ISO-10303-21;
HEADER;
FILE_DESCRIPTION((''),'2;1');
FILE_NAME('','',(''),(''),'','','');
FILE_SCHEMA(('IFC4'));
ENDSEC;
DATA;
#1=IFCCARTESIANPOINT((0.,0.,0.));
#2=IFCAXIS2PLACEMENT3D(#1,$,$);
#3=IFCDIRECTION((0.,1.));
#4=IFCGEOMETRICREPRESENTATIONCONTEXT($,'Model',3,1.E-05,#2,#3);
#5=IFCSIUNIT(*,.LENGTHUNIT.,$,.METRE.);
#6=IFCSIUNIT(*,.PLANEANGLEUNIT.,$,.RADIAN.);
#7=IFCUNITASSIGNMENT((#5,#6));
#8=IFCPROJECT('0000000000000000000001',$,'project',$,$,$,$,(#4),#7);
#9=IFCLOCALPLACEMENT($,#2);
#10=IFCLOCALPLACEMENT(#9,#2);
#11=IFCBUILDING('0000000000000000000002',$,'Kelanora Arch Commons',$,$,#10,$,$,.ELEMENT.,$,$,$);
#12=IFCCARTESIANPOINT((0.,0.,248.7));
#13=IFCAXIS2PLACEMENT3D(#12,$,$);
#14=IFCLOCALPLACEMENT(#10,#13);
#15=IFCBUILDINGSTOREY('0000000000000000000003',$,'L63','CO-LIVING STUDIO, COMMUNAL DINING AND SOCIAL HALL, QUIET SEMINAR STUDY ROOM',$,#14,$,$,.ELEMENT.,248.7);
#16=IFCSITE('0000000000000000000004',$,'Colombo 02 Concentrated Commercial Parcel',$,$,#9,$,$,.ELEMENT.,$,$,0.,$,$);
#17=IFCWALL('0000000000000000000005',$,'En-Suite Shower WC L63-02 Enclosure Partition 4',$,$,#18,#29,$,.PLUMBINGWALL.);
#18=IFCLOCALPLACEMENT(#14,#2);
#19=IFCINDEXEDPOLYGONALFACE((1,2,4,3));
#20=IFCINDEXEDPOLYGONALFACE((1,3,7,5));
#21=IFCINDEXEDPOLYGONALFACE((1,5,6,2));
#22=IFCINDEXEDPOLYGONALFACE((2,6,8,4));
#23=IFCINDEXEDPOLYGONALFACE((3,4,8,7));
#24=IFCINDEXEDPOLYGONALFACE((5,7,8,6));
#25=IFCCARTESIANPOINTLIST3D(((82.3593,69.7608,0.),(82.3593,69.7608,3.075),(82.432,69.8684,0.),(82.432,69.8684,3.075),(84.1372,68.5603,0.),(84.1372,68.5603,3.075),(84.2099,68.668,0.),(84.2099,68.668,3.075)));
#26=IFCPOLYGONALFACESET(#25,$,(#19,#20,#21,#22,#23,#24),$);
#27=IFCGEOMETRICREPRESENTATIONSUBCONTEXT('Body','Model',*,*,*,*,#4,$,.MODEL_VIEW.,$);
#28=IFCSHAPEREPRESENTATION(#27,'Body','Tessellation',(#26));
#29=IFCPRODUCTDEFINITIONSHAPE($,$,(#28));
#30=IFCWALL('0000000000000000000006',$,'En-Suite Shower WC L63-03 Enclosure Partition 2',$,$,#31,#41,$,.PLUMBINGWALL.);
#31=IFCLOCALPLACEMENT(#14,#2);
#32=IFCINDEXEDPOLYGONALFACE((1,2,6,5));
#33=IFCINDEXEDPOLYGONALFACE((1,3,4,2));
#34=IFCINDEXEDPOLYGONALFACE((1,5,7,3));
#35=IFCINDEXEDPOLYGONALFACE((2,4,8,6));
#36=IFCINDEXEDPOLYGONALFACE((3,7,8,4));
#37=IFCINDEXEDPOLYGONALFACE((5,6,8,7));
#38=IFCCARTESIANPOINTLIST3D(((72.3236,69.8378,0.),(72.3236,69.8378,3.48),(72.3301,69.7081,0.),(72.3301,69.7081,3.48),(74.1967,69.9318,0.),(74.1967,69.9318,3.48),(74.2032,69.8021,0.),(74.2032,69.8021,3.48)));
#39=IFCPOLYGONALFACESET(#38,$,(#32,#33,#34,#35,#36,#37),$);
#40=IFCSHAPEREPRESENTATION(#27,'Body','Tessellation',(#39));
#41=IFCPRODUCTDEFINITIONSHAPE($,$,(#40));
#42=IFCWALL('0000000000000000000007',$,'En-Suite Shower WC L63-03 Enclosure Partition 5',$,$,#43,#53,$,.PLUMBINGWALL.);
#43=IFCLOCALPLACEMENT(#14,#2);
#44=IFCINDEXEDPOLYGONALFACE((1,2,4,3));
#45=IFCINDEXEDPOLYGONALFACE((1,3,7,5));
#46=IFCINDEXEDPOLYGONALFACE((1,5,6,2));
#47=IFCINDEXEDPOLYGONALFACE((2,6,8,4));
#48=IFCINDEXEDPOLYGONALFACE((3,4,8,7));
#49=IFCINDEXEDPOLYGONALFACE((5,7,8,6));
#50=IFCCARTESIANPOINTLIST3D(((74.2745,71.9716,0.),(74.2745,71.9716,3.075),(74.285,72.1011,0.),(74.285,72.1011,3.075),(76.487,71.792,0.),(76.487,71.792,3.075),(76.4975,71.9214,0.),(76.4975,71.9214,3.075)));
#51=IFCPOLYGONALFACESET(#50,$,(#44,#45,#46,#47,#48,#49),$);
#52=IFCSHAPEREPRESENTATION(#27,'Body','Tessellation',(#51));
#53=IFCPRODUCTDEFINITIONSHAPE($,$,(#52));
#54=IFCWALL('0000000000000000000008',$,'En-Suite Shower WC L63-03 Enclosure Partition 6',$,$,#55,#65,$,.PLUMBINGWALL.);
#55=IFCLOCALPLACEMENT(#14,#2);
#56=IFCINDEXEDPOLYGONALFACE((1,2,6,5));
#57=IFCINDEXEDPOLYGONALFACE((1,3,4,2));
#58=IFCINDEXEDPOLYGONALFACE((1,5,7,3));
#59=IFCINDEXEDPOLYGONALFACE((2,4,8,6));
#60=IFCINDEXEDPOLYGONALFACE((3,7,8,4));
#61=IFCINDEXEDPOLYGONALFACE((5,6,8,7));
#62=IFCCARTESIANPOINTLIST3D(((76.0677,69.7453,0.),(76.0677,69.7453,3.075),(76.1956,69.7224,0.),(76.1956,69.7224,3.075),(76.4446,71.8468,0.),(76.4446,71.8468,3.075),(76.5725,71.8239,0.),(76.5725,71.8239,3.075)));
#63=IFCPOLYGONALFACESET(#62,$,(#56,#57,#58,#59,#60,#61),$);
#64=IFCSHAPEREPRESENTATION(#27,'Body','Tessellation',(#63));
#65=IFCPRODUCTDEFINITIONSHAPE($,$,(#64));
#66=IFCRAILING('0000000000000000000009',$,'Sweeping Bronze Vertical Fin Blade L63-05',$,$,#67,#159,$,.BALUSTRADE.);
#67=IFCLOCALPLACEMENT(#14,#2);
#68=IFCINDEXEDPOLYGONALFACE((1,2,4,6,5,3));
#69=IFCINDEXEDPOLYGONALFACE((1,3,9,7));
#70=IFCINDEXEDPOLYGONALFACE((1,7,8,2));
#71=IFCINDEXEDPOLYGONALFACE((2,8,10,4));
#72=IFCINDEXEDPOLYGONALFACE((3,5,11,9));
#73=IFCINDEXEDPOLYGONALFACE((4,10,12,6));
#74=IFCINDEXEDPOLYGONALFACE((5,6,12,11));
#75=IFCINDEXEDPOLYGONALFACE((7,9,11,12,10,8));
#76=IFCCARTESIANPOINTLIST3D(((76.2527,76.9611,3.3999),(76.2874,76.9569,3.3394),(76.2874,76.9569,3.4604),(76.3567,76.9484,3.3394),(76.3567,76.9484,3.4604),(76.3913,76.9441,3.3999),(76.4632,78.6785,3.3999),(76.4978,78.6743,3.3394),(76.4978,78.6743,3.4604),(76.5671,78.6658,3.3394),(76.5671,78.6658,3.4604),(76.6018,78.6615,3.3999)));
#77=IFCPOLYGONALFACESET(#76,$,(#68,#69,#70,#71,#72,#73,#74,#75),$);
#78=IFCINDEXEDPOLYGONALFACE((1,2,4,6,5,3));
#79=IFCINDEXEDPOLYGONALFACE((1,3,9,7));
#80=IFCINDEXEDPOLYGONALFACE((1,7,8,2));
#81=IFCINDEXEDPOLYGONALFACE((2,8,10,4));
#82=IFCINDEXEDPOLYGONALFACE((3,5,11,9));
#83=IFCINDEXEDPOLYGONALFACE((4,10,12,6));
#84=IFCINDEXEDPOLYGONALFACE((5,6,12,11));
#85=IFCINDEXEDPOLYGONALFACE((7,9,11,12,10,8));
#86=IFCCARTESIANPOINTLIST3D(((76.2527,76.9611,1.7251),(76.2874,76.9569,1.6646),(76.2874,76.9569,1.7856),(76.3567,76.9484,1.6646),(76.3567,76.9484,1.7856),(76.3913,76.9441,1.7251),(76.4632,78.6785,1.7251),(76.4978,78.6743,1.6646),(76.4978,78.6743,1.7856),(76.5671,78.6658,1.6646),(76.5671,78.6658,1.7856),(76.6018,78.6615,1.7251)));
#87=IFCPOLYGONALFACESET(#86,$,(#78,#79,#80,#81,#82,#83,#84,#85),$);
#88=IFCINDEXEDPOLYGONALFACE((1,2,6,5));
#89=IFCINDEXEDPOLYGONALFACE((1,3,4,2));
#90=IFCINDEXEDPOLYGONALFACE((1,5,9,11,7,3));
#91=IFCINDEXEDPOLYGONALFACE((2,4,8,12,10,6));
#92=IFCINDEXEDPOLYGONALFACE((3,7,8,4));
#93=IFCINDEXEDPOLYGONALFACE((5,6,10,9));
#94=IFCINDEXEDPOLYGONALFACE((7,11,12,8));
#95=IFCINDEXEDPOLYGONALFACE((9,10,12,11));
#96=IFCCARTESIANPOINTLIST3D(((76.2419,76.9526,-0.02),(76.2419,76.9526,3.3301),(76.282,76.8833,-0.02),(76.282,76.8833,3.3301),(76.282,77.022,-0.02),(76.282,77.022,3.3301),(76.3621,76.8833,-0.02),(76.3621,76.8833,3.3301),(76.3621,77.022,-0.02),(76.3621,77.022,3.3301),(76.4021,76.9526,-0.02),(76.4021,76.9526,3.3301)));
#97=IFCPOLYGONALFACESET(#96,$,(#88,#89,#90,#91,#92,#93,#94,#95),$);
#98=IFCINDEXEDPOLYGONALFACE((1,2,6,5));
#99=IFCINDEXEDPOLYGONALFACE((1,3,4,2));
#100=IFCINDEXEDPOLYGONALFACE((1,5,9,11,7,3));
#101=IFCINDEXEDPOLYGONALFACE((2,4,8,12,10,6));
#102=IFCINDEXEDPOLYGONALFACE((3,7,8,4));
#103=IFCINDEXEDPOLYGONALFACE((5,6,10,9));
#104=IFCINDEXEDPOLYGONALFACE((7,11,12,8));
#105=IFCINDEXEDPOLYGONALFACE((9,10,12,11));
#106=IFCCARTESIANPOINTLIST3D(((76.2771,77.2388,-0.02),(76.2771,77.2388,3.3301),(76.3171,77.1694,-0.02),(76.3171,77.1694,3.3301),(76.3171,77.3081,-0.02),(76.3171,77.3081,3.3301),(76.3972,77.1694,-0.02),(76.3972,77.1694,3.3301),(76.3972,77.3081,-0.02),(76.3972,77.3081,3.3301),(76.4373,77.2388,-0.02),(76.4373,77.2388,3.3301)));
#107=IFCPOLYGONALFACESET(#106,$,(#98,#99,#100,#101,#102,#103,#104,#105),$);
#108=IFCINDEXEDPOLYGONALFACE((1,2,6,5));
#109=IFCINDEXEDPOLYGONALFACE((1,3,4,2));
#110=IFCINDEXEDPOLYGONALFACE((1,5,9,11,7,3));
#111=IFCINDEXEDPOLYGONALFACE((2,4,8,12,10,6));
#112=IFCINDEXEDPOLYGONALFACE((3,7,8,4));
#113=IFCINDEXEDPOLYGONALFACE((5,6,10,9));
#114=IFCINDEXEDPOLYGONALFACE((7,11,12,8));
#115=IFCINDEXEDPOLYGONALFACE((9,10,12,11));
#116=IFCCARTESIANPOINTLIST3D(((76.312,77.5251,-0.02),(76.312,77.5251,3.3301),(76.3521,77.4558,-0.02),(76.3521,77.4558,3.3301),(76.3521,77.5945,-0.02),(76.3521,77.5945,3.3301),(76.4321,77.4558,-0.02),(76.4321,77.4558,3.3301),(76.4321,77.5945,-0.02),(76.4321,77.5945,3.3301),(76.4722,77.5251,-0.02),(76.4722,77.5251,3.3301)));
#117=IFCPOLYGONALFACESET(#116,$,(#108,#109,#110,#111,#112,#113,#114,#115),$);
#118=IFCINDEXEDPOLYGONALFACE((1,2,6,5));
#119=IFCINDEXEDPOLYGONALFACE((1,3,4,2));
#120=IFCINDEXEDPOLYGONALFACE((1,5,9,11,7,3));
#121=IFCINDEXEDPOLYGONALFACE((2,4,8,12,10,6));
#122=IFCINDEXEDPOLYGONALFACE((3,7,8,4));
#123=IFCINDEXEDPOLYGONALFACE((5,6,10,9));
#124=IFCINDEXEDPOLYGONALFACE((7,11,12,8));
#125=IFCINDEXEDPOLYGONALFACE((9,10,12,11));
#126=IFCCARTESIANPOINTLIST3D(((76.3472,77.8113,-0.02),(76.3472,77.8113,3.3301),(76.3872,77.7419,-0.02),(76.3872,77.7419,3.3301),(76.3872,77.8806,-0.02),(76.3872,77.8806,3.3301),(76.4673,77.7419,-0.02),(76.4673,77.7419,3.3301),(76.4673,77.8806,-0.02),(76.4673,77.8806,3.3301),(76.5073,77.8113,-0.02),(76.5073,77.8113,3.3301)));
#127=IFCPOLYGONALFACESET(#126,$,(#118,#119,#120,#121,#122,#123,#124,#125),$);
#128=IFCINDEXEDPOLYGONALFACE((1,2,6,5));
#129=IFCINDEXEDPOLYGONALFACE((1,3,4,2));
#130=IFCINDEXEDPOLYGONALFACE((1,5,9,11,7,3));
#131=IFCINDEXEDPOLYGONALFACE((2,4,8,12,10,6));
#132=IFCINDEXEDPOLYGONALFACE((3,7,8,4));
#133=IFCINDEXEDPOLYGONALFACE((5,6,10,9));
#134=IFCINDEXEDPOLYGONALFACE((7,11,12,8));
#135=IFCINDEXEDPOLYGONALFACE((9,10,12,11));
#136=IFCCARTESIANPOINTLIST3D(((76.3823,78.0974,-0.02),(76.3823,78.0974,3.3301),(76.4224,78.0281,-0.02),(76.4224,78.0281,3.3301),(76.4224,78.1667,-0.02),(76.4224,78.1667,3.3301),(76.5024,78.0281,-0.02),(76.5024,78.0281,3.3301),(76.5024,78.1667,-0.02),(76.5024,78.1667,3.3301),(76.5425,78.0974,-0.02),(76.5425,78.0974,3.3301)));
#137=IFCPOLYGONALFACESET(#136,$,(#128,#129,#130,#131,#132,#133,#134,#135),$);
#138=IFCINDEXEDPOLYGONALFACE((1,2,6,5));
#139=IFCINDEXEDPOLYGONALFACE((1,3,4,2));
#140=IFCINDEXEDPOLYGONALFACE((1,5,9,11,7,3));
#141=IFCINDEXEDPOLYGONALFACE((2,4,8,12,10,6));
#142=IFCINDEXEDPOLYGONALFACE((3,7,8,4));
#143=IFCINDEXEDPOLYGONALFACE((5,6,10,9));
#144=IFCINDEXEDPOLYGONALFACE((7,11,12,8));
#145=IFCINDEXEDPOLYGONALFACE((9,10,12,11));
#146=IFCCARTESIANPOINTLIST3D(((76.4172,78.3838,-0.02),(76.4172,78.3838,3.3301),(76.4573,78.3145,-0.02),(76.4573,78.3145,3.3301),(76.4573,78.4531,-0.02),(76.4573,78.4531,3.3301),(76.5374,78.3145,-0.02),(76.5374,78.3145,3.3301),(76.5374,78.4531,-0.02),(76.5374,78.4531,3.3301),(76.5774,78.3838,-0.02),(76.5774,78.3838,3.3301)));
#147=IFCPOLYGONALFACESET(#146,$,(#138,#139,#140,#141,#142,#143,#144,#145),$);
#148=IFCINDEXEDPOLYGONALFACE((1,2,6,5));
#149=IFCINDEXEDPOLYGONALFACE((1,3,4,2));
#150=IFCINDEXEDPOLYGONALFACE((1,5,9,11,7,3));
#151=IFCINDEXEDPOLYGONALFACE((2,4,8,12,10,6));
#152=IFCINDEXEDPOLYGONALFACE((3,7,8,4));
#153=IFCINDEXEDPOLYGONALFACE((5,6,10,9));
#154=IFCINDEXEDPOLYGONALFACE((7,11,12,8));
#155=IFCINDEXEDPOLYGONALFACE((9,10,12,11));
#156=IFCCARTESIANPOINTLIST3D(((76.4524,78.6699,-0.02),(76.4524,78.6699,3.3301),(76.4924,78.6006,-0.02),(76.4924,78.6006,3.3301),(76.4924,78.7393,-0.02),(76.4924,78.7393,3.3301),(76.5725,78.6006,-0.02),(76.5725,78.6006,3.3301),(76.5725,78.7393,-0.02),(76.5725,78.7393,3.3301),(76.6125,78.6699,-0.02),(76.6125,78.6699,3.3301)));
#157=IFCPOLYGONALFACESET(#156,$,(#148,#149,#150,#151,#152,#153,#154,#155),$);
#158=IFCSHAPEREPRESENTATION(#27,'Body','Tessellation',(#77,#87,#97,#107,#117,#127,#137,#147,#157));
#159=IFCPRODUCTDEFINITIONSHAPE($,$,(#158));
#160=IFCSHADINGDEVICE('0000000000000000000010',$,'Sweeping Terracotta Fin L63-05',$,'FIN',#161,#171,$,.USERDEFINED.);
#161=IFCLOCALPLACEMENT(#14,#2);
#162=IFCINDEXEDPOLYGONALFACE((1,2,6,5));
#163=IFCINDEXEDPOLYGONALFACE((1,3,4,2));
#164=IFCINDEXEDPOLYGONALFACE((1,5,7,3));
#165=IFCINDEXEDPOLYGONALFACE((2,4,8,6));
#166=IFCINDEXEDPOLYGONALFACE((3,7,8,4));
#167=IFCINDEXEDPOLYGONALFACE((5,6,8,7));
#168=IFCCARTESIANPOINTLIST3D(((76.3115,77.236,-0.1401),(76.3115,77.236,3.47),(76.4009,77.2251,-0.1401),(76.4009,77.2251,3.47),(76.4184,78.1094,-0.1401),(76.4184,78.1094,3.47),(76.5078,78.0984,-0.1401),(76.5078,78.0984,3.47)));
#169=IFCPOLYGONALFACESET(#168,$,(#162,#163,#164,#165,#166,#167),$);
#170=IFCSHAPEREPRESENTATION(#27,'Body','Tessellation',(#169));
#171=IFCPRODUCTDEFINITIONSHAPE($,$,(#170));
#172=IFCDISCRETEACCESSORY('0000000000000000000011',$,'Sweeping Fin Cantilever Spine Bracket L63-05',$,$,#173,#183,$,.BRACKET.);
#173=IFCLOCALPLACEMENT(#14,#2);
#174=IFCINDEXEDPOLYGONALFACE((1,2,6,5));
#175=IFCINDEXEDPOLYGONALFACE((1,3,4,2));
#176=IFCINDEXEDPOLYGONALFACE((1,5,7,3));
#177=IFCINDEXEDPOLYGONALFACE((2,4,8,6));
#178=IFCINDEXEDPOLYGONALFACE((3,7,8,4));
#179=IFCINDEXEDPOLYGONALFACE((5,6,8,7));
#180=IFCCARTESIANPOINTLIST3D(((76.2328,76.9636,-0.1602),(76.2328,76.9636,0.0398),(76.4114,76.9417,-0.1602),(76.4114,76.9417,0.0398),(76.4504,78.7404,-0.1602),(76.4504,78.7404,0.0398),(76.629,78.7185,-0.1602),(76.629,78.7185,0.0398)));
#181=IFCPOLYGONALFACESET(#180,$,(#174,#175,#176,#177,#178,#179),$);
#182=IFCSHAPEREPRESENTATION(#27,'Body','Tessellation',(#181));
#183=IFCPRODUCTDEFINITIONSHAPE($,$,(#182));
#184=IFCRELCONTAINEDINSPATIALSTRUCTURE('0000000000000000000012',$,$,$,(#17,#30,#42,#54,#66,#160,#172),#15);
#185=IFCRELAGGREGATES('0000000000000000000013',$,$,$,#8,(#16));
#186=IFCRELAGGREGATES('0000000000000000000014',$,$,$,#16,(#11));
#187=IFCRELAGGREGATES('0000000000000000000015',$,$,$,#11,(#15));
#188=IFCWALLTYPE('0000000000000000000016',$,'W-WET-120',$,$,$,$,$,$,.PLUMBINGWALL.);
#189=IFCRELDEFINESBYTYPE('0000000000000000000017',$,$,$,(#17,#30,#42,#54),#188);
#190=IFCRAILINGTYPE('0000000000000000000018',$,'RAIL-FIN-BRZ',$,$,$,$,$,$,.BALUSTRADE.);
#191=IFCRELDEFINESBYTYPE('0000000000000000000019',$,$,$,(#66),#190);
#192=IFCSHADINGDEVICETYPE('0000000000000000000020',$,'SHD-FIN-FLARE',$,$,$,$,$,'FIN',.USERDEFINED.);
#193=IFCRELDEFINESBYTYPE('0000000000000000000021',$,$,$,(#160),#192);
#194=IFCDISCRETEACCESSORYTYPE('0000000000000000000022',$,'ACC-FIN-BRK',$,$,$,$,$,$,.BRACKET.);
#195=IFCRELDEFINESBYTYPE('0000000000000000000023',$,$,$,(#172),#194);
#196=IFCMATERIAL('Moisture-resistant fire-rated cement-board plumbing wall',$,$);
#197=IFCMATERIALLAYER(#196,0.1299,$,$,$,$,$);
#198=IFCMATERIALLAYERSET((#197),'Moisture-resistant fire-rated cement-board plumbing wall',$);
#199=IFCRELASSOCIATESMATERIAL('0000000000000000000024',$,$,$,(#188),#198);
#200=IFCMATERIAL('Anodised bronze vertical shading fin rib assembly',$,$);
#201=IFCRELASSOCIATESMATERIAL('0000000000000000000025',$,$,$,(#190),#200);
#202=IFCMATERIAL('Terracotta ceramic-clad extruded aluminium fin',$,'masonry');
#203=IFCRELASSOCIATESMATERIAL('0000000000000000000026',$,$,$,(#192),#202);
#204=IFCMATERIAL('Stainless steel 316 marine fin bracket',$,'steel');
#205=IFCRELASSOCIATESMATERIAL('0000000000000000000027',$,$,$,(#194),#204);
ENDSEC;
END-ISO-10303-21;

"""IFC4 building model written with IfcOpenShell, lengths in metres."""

from ifc_helpers import new_model, si_unit, direction, frame, frame_2d, origin, origin_2d, place, context, subcontext, project, spatial, polyline, rectangle, outline, extrude, source, transform, mapped, material, layer, layer_set, type_object, element, save


model = new_model("IFC4")

# Units and contexts
model_context = context("Model", 3, precision=1e-05, world=origin(), true_north=direction((0.0, 1.0)))
body_context = subcontext(model_context, "Body", "Model", "MODEL_VIEW")
ifc_project = project(units=[si_unit("LENGTHUNIT", "METRE"), si_unit("PLANEANGLEUNIT", "RADIAN")], contexts=[model_context])

# Site, building, storey
site_placement = place(None, origin())
site = spatial("IfcSite", under=ifc_project, at=site_placement, Name="Colombo 02 Concentrated Commercial Parcel", CompositionType="ELEMENT", RefElevation=0.0)
building_placement = place(site_placement, origin())
building = spatial("IfcBuilding", under=site, at=building_placement, Name="Kelanora Arch Commons", CompositionType="ELEMENT")
storey_placement = place(building_placement, frame((0.0, 0.0, 248.7)))
storey = spatial("IfcBuildingStorey", under=building, at=storey_placement, Name="L63", Description="CO-LIVING STUDIO, COMMUNAL DINING AND SOCIAL HALL, QUIET SEMINAR STUDY ROOM", CompositionType="ELEMENT", Elevation=248.7)

# Walls
ifc_material_1 = material(Name="Moisture-resistant fire-rated cement-board plumbing wall")
ifc_layer_1 = layer(ifc_material_1, 0.1299)
ifc_layer_set_1 = layer_set([ifc_layer_1], Name="Moisture-resistant fire-rated cement-board plumbing wall")
wall_type_1 = type_object("IfcWallType", Name="W-WET-120", PredefinedType="PLUMBINGWALL", material=ifc_layer_set_1)
wall_1_placement = place(storey_placement, frame((82.3955, 69.8147, 0.0), z_axis=(0.0, 0.0, 1.0), x_axis=(0.828762, -0.559602, 0.0)))
element("IfcWall", 1, at=wall_1_placement, inside=storey, type_object=wall_type_1, Name="En-Suite Shower WC L63-02 Enclosure Partition 4", PredefinedType="PLUMBINGWALL", context=body_context, shape_type="SweptSolid", body=[
    extrude(rectangle(XDim=2.1453, YDim=0.1299, at=frame_2d((1.0728, 0.0))), origin(), (0.0, 0.0, 1.0), 3.075),
])
wall_2_placement = place(storey_placement, frame((74.2, 69.8669, 0.0), z_axis=(0.0, 0.0, 1.0), x_axis=(-0.998743, -0.050119, 0.0)))
element("IfcWall", 2, at=wall_2_placement, inside=storey, type_object=wall_type_1, Name="En-Suite Shower WC L63-03 Enclosure Partition 2", PredefinedType="PLUMBINGWALL", context=body_context, shape_type="SweptSolid", body=[
    extrude(rectangle(XDim=1.8755, YDim=0.1299, at=frame_2d((0.9377, 0.0))), origin(), (0.0, 0.0, 1.0), 3.48),
])
wall_3_placement = place(storey_placement, frame((74.2798, 72.0364, 0.0), z_axis=(0.0, 0.0, 1.0), x_axis=(0.996718, -0.080952, 0.0)))
element("IfcWall", 3, at=wall_3_placement, inside=storey, type_object=wall_type_1, Name="En-Suite Shower WC L63-03 Enclosure Partition 5", PredefinedType="PLUMBINGWALL", context=body_context, shape_type="SweptSolid", body=[
    extrude(rectangle(XDim=2.2197, YDim=0.1299, at=frame_2d((1.1099, 0.0))), origin(), (0.0, 0.0, 1.0), 3.075),
])
wall_4_placement = place(storey_placement, frame((76.5085, 71.8352, 0.0), z_axis=(0.0, 0.0, 1.0), x_axis=(-0.17655, -0.984292, 0.0)))
element("IfcWall", 4, at=wall_4_placement, inside=storey, type_object=wall_type_1, Name="En-Suite Shower WC L63-03 Enclosure Partition 6", PredefinedType="PLUMBINGWALL", context=body_context, shape_type="SweptSolid", body=[
    extrude(rectangle(XDim=2.135, YDim=0.1299, at=frame_2d((1.0674, 0.0))), origin(), (0.0, 0.0, 1.0), 3.075),
])

# Railing
ifc_material_2 = material(Name="Anodised bronze vertical shading fin rib assembly")
railing_type = type_object("IfcRailingType", Name="RAIL-FIN-BRZ", PredefinedType="BALUSTRADE", material=ifc_material_2)
railing_placement = place(storey_placement, frame((76.322, 76.9526, -0.02)))
element("IfcRailing", 5, at=railing_placement, inside=storey, type_object=railing_type, Name="Sweeping Bronze Vertical Fin Blade L63-05", PredefinedType="BALUSTRADE", context=body_context, shape_type="SweptSolid", body=[
    extrude(outline(polyline([(0.0698, 0.0), (0.0349, 0.0605), (-0.0349, 0.0605), (-0.0698, 0.0), (-0.0349, -0.0605), (0.0349, -0.0605), (0.0698, 0.0)])), frame((0.0, 0.0, 3.4199), z_axis=(0.121638, 0.992575, 0.0), x_axis=(-0.992575, 0.121638, 0.0)), (0.0, 0.0, 1.0), 1.7302),
    extrude(outline(polyline([(0.0698, 0.0), (0.0349, 0.0605), (-0.0349, 0.0605), (-0.0698, 0.0), (-0.0349, -0.0605), (0.0349, -0.0605), (0.0698, 0.0)])), frame((0.0, 0.0, 1.7451), z_axis=(0.121638, 0.992575, 0.0), x_axis=(-0.992575, 0.121638, 0.0)), (0.0, 0.0, 1.0), 1.7302),
    extrude(outline(polyline([(0.0801, 0.0), (0.04, 0.0693), (-0.04, 0.0693), (-0.0801, 0.0), (-0.04, -0.0693), (0.04, -0.0693), (0.0801, 0.0)])), origin(), (0.0, 0.0, 1.0), 3.3501),
    extrude(outline(polyline([(0.0801, 0.0), (0.04, 0.0693), (-0.04, 0.0693), (-0.0801, 0.0), (-0.04, -0.0693), (0.04, -0.0693), (0.0801, 0.0)])), frame((0.0352, 0.2861, 0.0)), (0.0, 0.0, 1.0), 3.3501),
    extrude(outline(polyline([(0.0801, 0.0), (0.04, 0.0693), (-0.04, 0.0693), (-0.0801, 0.0), (-0.04, -0.0693), (0.04, -0.0693), (0.0801, 0.0)])), frame((0.0701, 0.5725, 0.0)), (0.0, 0.0, 1.0), 3.3501),
    extrude(outline(polyline([(0.0801, 0.0), (0.04, 0.0693), (-0.04, 0.0693), (-0.0801, 0.0), (-0.04, -0.0693), (0.04, -0.0693), (0.0801, 0.0)])), frame((0.1052, 0.8586, 0.0)), (0.0, 0.0, 1.0), 3.3501),
    extrude(outline(polyline([(0.0801, 0.0), (0.04, 0.0693), (-0.04, 0.0693), (-0.0801, 0.0), (-0.04, -0.0693), (0.04, -0.0693), (0.0801, 0.0)])), frame((0.1404, 1.1448, 0.0)), (0.0, 0.0, 1.0), 3.3501),
    extrude(outline(polyline([(0.0801, 0.0), (0.04, 0.0693), (-0.04, 0.0693), (-0.0801, 0.0), (-0.04, -0.0693), (0.04, -0.0693), (0.0801, 0.0)])), frame((0.1753, 1.4312, 0.0)), (0.0, 0.0, 1.0), 3.3501),
    extrude(outline(polyline([(0.0801, 0.0), (0.04, 0.0693), (-0.04, 0.0693), (-0.0801, 0.0), (-0.04, -0.0693), (0.04, -0.0693), (0.0801, 0.0)])), frame((0.2104, 1.7173, 0.0)), (0.0, 0.0, 1.0), 3.3501),
])

# Shading device
ifc_material_3 = material(Name="Terracotta ceramic-clad extruded aluminium fin", Category="masonry")
shading_device_type = type_object("IfcShadingDeviceType", Name="SHD-FIN-FLARE", ElementType="FIN", PredefinedType="USERDEFINED", material=ifc_material_3)
shared_shape_1 = source(origin(), body_context, "Body", "SweptSolid", [
    extrude(rectangle(XDim=0.8799, YDim=0.0901, at=origin_2d()), origin(), (0.0, 0.0, 1.0), 3.6101),
])
shading_device_placement = place(storey_placement, frame((76.4097, 77.6672, -0.1401), z_axis=(0.0, 0.0, 1.0), x_axis=(0.121523, 0.992589, 0.0)))
element("IfcShadingDevice", 6, at=shading_device_placement, inside=storey, type_object=shading_device_type, Name="Sweeping Terracotta Fin L63-05", ObjectType="FIN", PredefinedType="USERDEFINED", context=body_context, shape_type="MappedRepresentation", body=[
    mapped(shared_shape_1, transform((0.0, 0.0, 0.0), scale=1.0)),
])

# Discrete accessory
ifc_material_4 = material(Name="Stainless steel 316 marine fin bracket", Category="steel")
discrete_accessory_type = type_object("IfcDiscreteAccessoryType", Name="ACC-FIN-BRK", PredefinedType="BRACKET", material=ifc_material_4)
shared_shape_2 = source(origin(), body_context, "Body", "SweptSolid", [
    extrude(rectangle(XDim=1.79, YDim=0.1799, at=origin_2d()), origin(), (0.0, 0.0, 1.0), 0.2),
])
discrete_accessory_placement = place(storey_placement, frame((76.4309, 77.8411, -0.1602), z_axis=(0.0, 0.0, 1.0), x_axis=(0.121523, 0.992589, 0.0)))
element("IfcDiscreteAccessory", 7, at=discrete_accessory_placement, inside=storey, type_object=discrete_accessory_type, Name="Sweeping Fin Cantilever Spine Bracket L63-05", PredefinedType="BRACKET", context=body_context, shape_type="MappedRepresentation", body=[
    mapped(shared_shape_2, transform((0.0, 0.0, 0.0), scale=1.0)),
])

save(model, "model.ifc")
